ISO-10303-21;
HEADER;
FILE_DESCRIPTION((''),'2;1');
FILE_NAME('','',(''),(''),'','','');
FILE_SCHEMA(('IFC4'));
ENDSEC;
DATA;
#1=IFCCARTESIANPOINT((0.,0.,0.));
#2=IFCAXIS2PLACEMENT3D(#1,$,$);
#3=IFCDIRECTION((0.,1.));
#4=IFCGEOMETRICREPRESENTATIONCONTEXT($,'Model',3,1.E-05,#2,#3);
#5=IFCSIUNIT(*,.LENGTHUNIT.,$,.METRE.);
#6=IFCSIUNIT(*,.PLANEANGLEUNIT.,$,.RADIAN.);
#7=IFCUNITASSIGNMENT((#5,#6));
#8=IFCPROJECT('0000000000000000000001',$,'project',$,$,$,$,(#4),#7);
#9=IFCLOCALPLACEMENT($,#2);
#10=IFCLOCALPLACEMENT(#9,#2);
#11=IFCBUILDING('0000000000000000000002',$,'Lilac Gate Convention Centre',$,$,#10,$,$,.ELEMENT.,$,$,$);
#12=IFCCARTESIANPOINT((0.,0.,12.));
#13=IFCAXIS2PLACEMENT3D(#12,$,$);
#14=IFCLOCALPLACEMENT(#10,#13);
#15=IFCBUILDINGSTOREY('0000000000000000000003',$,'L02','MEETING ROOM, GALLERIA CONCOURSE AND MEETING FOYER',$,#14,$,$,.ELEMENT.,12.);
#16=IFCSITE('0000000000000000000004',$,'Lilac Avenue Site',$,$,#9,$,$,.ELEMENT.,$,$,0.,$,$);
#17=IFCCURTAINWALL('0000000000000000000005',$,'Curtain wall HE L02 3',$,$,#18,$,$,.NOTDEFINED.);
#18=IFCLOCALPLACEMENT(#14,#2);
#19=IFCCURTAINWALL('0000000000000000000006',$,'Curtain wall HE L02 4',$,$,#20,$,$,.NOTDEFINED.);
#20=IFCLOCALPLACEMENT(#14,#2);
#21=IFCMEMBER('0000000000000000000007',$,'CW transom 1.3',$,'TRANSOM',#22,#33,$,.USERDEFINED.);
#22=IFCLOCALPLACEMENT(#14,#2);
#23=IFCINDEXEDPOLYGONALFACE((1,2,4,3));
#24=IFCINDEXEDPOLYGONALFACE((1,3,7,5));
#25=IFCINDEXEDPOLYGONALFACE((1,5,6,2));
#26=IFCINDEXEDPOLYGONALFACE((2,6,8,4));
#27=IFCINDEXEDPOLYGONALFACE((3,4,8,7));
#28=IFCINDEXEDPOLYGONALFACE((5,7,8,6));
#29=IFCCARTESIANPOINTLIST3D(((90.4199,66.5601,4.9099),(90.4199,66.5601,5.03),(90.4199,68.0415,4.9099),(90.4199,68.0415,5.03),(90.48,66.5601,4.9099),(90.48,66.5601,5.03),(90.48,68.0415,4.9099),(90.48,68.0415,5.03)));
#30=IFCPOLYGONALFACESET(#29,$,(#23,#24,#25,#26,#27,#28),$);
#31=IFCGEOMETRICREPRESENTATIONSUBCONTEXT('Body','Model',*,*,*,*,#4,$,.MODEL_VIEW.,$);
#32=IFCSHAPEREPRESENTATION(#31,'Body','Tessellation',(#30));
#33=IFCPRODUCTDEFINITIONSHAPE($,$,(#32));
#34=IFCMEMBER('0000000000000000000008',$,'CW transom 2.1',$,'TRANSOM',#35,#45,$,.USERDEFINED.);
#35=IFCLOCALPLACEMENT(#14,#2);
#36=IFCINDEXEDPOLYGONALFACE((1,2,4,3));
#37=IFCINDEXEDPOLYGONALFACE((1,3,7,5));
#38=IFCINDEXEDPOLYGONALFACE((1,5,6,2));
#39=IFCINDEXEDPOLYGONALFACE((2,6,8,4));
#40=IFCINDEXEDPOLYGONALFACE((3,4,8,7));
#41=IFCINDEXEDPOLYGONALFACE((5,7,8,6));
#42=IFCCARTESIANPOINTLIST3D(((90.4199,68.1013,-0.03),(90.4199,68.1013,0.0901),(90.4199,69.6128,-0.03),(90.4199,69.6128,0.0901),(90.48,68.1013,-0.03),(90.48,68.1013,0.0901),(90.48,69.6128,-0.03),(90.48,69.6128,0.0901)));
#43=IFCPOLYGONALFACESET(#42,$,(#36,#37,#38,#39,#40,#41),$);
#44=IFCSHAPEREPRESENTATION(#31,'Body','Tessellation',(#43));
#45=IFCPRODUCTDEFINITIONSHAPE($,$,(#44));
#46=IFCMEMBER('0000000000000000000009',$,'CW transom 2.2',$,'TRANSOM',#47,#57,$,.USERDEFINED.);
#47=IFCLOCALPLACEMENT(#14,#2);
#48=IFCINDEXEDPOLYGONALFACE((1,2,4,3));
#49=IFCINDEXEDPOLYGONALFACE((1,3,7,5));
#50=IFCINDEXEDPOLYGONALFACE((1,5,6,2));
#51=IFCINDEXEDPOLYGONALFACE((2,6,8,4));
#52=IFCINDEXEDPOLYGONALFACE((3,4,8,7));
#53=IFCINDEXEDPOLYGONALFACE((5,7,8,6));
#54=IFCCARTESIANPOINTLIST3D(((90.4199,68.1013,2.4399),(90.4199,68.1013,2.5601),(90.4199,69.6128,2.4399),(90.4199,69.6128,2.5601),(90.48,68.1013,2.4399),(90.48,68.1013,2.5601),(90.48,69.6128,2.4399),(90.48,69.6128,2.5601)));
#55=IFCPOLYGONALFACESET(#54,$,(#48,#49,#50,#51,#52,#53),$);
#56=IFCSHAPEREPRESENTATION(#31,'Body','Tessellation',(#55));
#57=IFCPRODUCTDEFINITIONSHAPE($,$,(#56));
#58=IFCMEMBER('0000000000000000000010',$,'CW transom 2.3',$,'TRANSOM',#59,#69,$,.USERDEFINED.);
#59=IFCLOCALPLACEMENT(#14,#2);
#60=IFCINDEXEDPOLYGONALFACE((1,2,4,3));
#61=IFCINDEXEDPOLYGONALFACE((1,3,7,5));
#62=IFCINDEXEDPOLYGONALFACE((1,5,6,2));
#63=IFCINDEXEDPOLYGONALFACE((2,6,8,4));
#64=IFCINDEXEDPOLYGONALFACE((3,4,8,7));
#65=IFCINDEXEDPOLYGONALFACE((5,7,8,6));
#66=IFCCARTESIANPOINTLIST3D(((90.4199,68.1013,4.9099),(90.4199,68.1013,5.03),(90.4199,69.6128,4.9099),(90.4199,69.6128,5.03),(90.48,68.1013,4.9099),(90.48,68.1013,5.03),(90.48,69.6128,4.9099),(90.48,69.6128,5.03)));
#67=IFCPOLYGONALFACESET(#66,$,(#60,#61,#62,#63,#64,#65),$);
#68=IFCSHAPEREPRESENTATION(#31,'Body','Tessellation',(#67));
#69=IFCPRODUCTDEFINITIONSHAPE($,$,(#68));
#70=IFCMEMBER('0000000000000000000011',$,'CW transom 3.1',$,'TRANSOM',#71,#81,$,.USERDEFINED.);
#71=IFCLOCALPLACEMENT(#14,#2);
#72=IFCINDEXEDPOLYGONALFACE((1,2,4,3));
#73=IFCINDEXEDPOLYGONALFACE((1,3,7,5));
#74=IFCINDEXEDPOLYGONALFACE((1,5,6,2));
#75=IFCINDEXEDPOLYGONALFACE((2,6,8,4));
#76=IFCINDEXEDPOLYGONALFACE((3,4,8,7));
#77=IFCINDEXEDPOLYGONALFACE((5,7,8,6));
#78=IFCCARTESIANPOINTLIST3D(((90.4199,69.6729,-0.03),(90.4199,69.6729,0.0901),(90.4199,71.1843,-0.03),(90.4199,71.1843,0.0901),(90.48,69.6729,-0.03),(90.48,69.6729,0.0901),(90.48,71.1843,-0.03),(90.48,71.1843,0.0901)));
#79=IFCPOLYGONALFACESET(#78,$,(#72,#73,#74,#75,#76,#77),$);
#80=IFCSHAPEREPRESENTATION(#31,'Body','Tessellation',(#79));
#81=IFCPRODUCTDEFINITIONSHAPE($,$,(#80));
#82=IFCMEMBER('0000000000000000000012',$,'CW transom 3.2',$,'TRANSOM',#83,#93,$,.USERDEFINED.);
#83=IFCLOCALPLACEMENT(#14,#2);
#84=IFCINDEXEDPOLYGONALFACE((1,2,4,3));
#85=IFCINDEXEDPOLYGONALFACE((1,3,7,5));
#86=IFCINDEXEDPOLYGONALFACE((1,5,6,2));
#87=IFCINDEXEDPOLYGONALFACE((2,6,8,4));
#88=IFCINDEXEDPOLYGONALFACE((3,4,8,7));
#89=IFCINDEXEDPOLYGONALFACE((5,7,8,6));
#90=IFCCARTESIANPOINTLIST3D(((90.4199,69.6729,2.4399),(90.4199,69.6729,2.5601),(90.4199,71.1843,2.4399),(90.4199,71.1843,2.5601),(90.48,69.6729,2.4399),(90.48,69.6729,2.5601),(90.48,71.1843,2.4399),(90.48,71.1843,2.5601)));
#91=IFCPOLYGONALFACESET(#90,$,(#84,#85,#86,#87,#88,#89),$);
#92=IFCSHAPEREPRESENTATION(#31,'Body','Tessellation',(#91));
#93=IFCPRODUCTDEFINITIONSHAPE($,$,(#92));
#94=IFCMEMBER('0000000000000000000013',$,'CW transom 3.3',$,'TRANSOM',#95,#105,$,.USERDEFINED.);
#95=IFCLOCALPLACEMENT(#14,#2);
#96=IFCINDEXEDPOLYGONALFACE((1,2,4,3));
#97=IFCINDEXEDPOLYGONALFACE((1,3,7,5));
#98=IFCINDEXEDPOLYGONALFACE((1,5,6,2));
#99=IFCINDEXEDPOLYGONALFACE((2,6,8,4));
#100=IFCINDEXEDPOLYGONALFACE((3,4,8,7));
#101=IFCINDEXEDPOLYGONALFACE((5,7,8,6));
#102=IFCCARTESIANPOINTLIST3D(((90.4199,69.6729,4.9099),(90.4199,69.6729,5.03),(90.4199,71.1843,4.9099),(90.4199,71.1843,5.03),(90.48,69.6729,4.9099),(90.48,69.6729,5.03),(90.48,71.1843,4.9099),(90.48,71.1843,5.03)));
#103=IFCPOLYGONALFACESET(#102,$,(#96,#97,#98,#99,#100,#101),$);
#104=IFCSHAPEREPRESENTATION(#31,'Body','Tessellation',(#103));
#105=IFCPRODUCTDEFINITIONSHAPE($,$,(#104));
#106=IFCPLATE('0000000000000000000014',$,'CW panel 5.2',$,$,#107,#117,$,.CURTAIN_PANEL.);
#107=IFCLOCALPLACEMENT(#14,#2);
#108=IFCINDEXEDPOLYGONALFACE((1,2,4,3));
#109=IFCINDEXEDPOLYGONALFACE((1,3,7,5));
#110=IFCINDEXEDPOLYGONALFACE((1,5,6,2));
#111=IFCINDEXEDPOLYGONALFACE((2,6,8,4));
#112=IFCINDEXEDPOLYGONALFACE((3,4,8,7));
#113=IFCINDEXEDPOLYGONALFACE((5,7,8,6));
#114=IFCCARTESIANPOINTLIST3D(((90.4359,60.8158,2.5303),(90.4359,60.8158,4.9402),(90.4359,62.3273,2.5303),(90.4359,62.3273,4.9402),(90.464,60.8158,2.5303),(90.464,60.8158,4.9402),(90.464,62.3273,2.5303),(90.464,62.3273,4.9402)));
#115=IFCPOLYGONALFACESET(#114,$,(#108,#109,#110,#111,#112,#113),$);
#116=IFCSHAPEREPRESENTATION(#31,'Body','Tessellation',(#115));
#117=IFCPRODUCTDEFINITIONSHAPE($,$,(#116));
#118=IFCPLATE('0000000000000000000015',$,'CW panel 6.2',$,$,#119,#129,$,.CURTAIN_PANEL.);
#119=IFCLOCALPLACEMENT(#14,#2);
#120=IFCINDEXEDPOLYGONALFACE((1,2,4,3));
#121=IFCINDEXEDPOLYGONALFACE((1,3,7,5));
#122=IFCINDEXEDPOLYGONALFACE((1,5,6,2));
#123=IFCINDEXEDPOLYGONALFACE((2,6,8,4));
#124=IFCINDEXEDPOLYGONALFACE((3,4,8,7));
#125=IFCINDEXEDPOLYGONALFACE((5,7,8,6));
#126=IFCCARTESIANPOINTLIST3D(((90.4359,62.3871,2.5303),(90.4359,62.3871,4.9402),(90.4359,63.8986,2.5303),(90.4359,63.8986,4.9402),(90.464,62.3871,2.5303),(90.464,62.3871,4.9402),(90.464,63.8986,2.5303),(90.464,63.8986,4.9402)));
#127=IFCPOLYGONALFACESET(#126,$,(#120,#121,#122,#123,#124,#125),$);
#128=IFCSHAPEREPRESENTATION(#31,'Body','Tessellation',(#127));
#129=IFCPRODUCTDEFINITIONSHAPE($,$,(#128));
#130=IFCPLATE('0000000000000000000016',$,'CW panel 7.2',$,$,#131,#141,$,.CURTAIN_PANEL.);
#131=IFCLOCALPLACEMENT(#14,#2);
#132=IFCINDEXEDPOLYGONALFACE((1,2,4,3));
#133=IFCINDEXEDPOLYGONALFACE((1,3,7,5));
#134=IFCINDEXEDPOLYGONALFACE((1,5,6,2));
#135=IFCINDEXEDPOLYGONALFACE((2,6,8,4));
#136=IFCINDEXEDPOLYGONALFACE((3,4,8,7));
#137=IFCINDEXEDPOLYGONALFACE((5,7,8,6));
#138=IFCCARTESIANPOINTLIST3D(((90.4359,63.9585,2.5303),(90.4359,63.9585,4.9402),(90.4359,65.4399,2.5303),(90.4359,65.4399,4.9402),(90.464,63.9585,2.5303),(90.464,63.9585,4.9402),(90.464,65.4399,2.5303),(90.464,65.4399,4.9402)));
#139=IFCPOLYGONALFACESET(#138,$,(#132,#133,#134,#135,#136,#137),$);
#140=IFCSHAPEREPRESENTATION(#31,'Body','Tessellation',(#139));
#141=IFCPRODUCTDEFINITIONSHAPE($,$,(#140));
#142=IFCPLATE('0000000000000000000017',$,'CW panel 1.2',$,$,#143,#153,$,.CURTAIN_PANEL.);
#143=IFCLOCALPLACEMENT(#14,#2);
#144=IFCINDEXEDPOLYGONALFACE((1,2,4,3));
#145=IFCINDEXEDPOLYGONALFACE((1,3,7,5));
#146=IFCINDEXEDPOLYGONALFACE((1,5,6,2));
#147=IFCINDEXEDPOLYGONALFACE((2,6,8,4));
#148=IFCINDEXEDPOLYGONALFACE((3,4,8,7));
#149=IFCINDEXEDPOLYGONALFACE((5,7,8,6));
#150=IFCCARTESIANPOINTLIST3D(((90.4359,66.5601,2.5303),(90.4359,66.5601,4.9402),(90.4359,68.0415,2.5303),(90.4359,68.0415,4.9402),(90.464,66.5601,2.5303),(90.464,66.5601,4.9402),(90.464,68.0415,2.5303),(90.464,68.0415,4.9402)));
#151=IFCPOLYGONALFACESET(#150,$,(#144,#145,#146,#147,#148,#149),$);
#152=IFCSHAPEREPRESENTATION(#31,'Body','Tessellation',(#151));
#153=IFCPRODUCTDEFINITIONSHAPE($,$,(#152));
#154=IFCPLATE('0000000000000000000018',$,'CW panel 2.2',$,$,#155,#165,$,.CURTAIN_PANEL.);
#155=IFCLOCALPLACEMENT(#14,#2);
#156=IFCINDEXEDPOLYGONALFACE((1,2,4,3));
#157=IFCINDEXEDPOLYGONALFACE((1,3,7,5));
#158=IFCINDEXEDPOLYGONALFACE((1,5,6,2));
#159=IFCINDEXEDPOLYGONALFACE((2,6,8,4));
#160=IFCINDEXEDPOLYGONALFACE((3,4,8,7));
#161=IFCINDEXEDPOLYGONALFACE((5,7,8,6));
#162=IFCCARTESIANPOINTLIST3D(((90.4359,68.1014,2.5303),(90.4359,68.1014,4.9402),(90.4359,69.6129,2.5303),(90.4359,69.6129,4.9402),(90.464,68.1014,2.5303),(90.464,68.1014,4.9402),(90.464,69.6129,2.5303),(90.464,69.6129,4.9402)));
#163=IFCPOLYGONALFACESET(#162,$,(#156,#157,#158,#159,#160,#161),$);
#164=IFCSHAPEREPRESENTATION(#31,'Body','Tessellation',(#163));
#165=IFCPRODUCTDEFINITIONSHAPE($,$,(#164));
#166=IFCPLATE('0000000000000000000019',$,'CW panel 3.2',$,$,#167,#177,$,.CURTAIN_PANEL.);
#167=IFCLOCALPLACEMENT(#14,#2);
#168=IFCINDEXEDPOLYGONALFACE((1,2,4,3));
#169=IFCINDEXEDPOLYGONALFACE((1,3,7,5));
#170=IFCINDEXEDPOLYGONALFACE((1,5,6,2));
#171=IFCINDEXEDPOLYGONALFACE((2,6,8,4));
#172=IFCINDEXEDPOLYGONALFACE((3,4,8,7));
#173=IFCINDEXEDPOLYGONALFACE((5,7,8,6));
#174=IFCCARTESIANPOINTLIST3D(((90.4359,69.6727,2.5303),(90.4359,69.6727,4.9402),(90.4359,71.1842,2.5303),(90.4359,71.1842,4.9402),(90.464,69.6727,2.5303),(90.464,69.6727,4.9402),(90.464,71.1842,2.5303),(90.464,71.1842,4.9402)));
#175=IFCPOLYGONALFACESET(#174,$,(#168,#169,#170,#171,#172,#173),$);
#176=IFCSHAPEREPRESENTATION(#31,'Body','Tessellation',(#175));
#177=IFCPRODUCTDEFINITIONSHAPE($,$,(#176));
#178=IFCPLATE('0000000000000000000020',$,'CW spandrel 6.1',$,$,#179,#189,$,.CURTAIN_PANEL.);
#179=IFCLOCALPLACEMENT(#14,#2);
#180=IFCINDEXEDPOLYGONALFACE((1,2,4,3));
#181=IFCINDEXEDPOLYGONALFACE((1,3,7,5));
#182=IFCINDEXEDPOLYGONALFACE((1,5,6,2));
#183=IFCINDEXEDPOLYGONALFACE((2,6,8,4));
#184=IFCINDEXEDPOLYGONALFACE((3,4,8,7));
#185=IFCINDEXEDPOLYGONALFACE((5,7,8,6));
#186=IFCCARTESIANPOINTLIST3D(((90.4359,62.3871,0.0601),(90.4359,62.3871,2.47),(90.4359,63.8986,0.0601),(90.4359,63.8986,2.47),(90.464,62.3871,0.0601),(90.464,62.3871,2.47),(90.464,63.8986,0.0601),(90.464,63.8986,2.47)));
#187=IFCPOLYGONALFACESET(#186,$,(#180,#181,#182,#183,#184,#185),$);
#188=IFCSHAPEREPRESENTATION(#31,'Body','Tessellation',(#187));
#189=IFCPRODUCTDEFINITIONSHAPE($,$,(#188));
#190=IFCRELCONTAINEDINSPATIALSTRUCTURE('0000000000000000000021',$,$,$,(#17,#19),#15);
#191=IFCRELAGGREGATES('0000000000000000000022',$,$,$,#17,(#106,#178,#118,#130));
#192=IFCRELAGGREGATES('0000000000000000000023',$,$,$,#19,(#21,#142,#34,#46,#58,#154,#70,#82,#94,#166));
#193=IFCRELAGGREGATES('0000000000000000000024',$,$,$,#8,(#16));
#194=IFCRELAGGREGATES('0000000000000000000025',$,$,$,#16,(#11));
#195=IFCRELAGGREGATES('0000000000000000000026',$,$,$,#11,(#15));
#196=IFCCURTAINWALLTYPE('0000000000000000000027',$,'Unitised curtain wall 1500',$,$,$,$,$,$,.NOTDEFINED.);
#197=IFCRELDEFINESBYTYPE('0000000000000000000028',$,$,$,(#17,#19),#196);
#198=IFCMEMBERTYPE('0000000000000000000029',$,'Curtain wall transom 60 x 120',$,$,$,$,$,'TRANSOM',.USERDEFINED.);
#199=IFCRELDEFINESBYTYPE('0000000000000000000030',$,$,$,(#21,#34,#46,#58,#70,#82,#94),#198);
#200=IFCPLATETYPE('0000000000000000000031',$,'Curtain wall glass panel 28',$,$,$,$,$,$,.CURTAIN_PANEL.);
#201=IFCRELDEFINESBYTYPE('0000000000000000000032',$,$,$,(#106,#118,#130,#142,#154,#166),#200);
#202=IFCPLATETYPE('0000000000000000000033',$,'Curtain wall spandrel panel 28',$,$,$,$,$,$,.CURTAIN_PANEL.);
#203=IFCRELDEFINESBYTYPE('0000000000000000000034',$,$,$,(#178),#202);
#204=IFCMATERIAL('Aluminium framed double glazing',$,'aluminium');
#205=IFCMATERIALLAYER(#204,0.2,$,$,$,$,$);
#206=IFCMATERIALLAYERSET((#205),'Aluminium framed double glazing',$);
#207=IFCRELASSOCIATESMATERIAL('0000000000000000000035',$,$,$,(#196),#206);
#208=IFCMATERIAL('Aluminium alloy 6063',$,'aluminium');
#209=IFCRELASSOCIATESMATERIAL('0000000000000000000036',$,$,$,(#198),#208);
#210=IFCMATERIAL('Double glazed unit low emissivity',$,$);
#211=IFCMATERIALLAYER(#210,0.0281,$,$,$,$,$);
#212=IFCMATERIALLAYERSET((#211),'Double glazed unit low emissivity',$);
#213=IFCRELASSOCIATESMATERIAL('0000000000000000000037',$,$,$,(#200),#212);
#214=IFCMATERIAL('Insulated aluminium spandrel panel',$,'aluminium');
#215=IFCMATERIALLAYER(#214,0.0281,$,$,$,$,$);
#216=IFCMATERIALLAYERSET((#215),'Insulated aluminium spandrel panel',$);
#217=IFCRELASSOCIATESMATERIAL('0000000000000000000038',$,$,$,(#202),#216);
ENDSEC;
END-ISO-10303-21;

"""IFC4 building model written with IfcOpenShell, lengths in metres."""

from ifc_helpers import new_model, si_unit, direction, frame, origin, origin_2d, place, context, subcontext, project, spatial, rectangle, extrude, material, layer, layer_set, material_profile, profile_set, type_object, element, aggregate, save


model = new_model("IFC4")

# Units and contexts
model_context = context("Model", 3, precision=1e-05, world=origin(), true_north=direction((0.0, 1.0)))
body_context = subcontext(model_context, "Body", "Model", "MODEL_VIEW")
ifc_project = project(units=[si_unit("LENGTHUNIT", "METRE"), si_unit("PLANEANGLEUNIT", "RADIAN")], contexts=[model_context])

# Site, building, storey
site_placement = place(None, origin())
site = spatial("IfcSite", under=ifc_project, at=site_placement, Name="Lilac Avenue Site", CompositionType="ELEMENT", RefElevation=0.0)
building_placement = place(site_placement, origin())
building = spatial("IfcBuilding", under=site, at=building_placement, Name="Lilac Gate Convention Centre", CompositionType="ELEMENT")
storey_placement = place(building_placement, frame((0.0, 0.0, 12.0)))
storey = spatial("IfcBuildingStorey", under=building, at=storey_placement, Name="L02", Description="MEETING ROOM, GALLERIA CONCOURSE AND MEETING FOYER", CompositionType="ELEMENT", Elevation=12.0)

# Curtain walls
ifc_material_1 = material(Name="Aluminium framed double glazing", Category="aluminium")
ifc_layer_1 = layer(ifc_material_1, 0.2)
ifc_layer_set_1 = layer_set([ifc_layer_1], Name="Aluminium framed double glazing")
curtain_wall_type = type_object("IfcCurtainWallType", Name="Unitised curtain wall 1500", PredefinedType="NOTDEFINED", material=ifc_layer_set_1)
curtain_wall_1_placement = place(storey_placement, origin())
curtain_wall_1 = element("IfcCurtainWall", 1, at=curtain_wall_1_placement, inside=storey, type_object=curtain_wall_type, Name="Curtain wall HE L02 3", PredefinedType="NOTDEFINED")
ifc_material_2 = material(Name="Aluminium alloy 6063", Category="aluminium")
curtain_wall_2_placement = place(storey_placement, origin())
curtain_wall_2 = element("IfcCurtainWall", 2, at=curtain_wall_2_placement, inside=storey, type_object=curtain_wall_type, Name="Curtain wall HE L02 4", PredefinedType="NOTDEFINED")

# Members
ifc_material_profile_1 = material_profile(ifc_material_2, rectangle(XDim=0.0601, YDim=0.1201, at=origin_2d()), Name="Curtain wall transom 60 x 120")
ifc_profile_set_1 = profile_set([ifc_material_profile_1], Name="Aluminium alloy 6063")
member_type_1 = type_object("IfcMemberType", Name="Curtain wall transom 60 x 120", ElementType="TRANSOM", PredefinedType="USERDEFINED", material=ifc_profile_set_1)
member_1_placement = place(storey_placement, frame((90.45, 66.5601, 4.97), z_axis=(0.0, 1.0, 0.0), x_axis=(-1.0, 0.0, 0.0)))
member_1 = element("IfcMember", 3, at=member_1_placement, type_object=member_type_1, Name="CW transom 1.3", ObjectType="TRANSOM", PredefinedType="USERDEFINED", context=body_context, shape_type="SweptSolid", body=[
    extrude(rectangle(XDim=0.0601, YDim=0.1201, at=origin_2d()), origin(), (0.0, 0.0, 1.0), 1.4814),
])
member_2_placement = place(storey_placement, frame((90.45, 68.1013, 0.03), z_axis=(0.0, 1.0, 0.0), x_axis=(-1.0, 0.0, 0.0)))
member_2 = element("IfcMember", 4, at=member_2_placement, type_object=member_type_1, Name="CW transom 2.1", ObjectType="TRANSOM", PredefinedType="USERDEFINED", context=body_context, shape_type="SweptSolid", body=[
    extrude(rectangle(XDim=0.0601, YDim=0.1201, at=origin_2d()), origin(), (0.0, 0.0, 1.0), 1.5115),
])
member_3_placement = place(storey_placement, frame((90.45, 68.1013, 2.5), z_axis=(0.0, 1.0, 0.0), x_axis=(-1.0, 0.0, 0.0)))
member_3 = element("IfcMember", 5, at=member_3_placement, type_object=member_type_1, Name="CW transom 2.2", ObjectType="TRANSOM", PredefinedType="USERDEFINED", context=body_context, shape_type="SweptSolid", body=[
    extrude(rectangle(XDim=0.0601, YDim=0.1201, at=origin_2d()), origin(), (0.0, 0.0, 1.0), 1.5115),
])
member_4_placement = place(storey_placement, frame((90.45, 68.1013, 4.97), z_axis=(0.0, 1.0, 0.0), x_axis=(-1.0, 0.0, 0.0)))
member_4 = element("IfcMember", 6, at=member_4_placement, type_object=member_type_1, Name="CW transom 2.3", ObjectType="TRANSOM", PredefinedType="USERDEFINED", context=body_context, shape_type="SweptSolid", body=[
    extrude(rectangle(XDim=0.0601, YDim=0.1201, at=origin_2d()), origin(), (0.0, 0.0, 1.0), 1.5115),
])
member_5_placement = place(storey_placement, frame((90.45, 69.6729, 0.03), z_axis=(0.0, 1.0, 0.0), x_axis=(-1.0, 0.0, 0.0)))
member_5 = element("IfcMember", 7, at=member_5_placement, type_object=member_type_1, Name="CW transom 3.1", ObjectType="TRANSOM", PredefinedType="USERDEFINED", context=body_context, shape_type="SweptSolid", body=[
    extrude(rectangle(XDim=0.0601, YDim=0.1201, at=origin_2d()), origin(), (0.0, 0.0, 1.0), 1.5115),
])
member_6_placement = place(storey_placement, frame((90.45, 69.6729, 2.5), z_axis=(0.0, 1.0, 0.0), x_axis=(-1.0, 0.0, 0.0)))
member_6 = element("IfcMember", 8, at=member_6_placement, type_object=member_type_1, Name="CW transom 3.2", ObjectType="TRANSOM", PredefinedType="USERDEFINED", context=body_context, shape_type="SweptSolid", body=[
    extrude(rectangle(XDim=0.0601, YDim=0.1201, at=origin_2d()), origin(), (0.0, 0.0, 1.0), 1.5115),
])
member_7_placement = place(storey_placement, frame((90.45, 69.6729, 4.97), z_axis=(0.0, 1.0, 0.0), x_axis=(-1.0, 0.0, 0.0)))
member_7 = element("IfcMember", 9, at=member_7_placement, type_object=member_type_1, Name="CW transom 3.3", ObjectType="TRANSOM", PredefinedType="USERDEFINED", context=body_context, shape_type="SweptSolid", body=[
    extrude(rectangle(XDim=0.0601, YDim=0.1201, at=origin_2d()), origin(), (0.0, 0.0, 1.0), 1.5115),
])

# Plates
ifc_material_3 = material(Name="Double glazed unit low emissivity")
ifc_layer_2 = layer(ifc_material_3, 0.0281)
ifc_layer_set_2 = layer_set([ifc_layer_2], Name="Double glazed unit low emissivity")
plate_type_1 = type_object("IfcPlateType", Name="Curtain wall glass panel 28", PredefinedType="CURTAIN_PANEL", material=ifc_layer_set_2)
plate_1_placement = place(storey_placement, frame((90.45, 61.5715, 2.5303), z_axis=(0.0, 0.0, 1.0), x_axis=(0.0, 1.0, 0.0)))
plate_1 = element("IfcPlate", 10, at=plate_1_placement, type_object=plate_type_1, Name="CW panel 5.2", PredefinedType="CURTAIN_PANEL", context=body_context, shape_type="SweptSolid", body=[
    extrude(rectangle(XDim=1.5115, YDim=0.0281, at=origin_2d()), origin(), (0.0, 0.0, 1.0), 2.4099),
])
plate_2_placement = place(storey_placement, frame((90.45, 63.1428, 2.5303), z_axis=(0.0, 0.0, 1.0), x_axis=(0.0, 1.0, 0.0)))
plate_2 = element("IfcPlate", 11, at=plate_2_placement, type_object=plate_type_1, Name="CW panel 6.2", PredefinedType="CURTAIN_PANEL", context=body_context, shape_type="SweptSolid", body=[
    extrude(rectangle(XDim=1.5115, YDim=0.0281, at=origin_2d()), origin(), (0.0, 0.0, 1.0), 2.4099),
])
plate_3_placement = place(storey_placement, frame((90.45, 64.6992, 2.5303), z_axis=(0.0, 0.0, 1.0), x_axis=(0.0, 1.0, 0.0)))
plate_3 = element("IfcPlate", 12, at=plate_3_placement, type_object=plate_type_1, Name="CW panel 7.2", PredefinedType="CURTAIN_PANEL", context=body_context, shape_type="SweptSolid", body=[
    extrude(rectangle(XDim=1.4814, YDim=0.0281, at=origin_2d()), origin(), (0.0, 0.0, 1.0), 2.4099),
])
plate_4_placement = place(storey_placement, frame((90.45, 67.3008, 2.5303), z_axis=(0.0, 0.0, 1.0), x_axis=(0.0, 1.0, 0.0)))
plate_4 = element("IfcPlate", 13, at=plate_4_placement, type_object=plate_type_1, Name="CW panel 1.2", PredefinedType="CURTAIN_PANEL", context=body_context, shape_type="SweptSolid", body=[
    extrude(rectangle(XDim=1.4814, YDim=0.0281, at=origin_2d()), origin(), (0.0, 0.0, 1.0), 2.4099),
])
plate_5_placement = place(storey_placement, frame((90.45, 68.8572, 2.5303), z_axis=(0.0, 0.0, 1.0), x_axis=(0.0, 1.0, 0.0)))
plate_5 = element("IfcPlate", 14, at=plate_5_placement, type_object=plate_type_1, Name="CW panel 2.2", PredefinedType="CURTAIN_PANEL", context=body_context, shape_type="SweptSolid", body=[
    extrude(rectangle(XDim=1.5115, YDim=0.0281, at=origin_2d()), origin(), (0.0, 0.0, 1.0), 2.4099),
])
plate_6_placement = place(storey_placement, frame((90.45, 70.4285, 2.5303), z_axis=(0.0, 0.0, 1.0), x_axis=(0.0, 1.0, 0.0)))
plate_6 = element("IfcPlate", 15, at=plate_6_placement, type_object=plate_type_1, Name="CW panel 3.2", PredefinedType="CURTAIN_PANEL", context=body_context, shape_type="SweptSolid", body=[
    extrude(rectangle(XDim=1.5115, YDim=0.0281, at=origin_2d()), origin(), (0.0, 0.0, 1.0), 2.4099),
])
ifc_material_4 = material(Name="Insulated aluminium spandrel panel", Category="aluminium")
ifc_layer_3 = layer(ifc_material_4, 0.0281)
ifc_layer_set_3 = layer_set([ifc_layer_3], Name="Insulated aluminium spandrel panel")
plate_type_2 = type_object("IfcPlateType", Name="Curtain wall spandrel panel 28", PredefinedType="CURTAIN_PANEL", material=ifc_layer_set_3)
plate_7_placement = place(storey_placement, frame((90.45, 63.1428, 0.0601), z_axis=(0.0, 0.0, 1.0), x_axis=(0.0, 1.0, 0.0)))
plate_7 = element("IfcPlate", 16, at=plate_7_placement, type_object=plate_type_2, Name="CW spandrel 6.1", PredefinedType="CURTAIN_PANEL", context=body_context, shape_type="SweptSolid", body=[
    extrude(rectangle(XDim=1.5115, YDim=0.0281, at=origin_2d()), origin(), (0.0, 0.0, 1.0), 2.4099),
])
aggregate(curtain_wall_1, [plate_1, plate_7, plate_2, plate_3])
aggregate(curtain_wall_2, [member_1, plate_4, member_2, member_3, member_4, plate_5, member_5, member_6, member_7, plate_6])

save(model, "model.ifc")
